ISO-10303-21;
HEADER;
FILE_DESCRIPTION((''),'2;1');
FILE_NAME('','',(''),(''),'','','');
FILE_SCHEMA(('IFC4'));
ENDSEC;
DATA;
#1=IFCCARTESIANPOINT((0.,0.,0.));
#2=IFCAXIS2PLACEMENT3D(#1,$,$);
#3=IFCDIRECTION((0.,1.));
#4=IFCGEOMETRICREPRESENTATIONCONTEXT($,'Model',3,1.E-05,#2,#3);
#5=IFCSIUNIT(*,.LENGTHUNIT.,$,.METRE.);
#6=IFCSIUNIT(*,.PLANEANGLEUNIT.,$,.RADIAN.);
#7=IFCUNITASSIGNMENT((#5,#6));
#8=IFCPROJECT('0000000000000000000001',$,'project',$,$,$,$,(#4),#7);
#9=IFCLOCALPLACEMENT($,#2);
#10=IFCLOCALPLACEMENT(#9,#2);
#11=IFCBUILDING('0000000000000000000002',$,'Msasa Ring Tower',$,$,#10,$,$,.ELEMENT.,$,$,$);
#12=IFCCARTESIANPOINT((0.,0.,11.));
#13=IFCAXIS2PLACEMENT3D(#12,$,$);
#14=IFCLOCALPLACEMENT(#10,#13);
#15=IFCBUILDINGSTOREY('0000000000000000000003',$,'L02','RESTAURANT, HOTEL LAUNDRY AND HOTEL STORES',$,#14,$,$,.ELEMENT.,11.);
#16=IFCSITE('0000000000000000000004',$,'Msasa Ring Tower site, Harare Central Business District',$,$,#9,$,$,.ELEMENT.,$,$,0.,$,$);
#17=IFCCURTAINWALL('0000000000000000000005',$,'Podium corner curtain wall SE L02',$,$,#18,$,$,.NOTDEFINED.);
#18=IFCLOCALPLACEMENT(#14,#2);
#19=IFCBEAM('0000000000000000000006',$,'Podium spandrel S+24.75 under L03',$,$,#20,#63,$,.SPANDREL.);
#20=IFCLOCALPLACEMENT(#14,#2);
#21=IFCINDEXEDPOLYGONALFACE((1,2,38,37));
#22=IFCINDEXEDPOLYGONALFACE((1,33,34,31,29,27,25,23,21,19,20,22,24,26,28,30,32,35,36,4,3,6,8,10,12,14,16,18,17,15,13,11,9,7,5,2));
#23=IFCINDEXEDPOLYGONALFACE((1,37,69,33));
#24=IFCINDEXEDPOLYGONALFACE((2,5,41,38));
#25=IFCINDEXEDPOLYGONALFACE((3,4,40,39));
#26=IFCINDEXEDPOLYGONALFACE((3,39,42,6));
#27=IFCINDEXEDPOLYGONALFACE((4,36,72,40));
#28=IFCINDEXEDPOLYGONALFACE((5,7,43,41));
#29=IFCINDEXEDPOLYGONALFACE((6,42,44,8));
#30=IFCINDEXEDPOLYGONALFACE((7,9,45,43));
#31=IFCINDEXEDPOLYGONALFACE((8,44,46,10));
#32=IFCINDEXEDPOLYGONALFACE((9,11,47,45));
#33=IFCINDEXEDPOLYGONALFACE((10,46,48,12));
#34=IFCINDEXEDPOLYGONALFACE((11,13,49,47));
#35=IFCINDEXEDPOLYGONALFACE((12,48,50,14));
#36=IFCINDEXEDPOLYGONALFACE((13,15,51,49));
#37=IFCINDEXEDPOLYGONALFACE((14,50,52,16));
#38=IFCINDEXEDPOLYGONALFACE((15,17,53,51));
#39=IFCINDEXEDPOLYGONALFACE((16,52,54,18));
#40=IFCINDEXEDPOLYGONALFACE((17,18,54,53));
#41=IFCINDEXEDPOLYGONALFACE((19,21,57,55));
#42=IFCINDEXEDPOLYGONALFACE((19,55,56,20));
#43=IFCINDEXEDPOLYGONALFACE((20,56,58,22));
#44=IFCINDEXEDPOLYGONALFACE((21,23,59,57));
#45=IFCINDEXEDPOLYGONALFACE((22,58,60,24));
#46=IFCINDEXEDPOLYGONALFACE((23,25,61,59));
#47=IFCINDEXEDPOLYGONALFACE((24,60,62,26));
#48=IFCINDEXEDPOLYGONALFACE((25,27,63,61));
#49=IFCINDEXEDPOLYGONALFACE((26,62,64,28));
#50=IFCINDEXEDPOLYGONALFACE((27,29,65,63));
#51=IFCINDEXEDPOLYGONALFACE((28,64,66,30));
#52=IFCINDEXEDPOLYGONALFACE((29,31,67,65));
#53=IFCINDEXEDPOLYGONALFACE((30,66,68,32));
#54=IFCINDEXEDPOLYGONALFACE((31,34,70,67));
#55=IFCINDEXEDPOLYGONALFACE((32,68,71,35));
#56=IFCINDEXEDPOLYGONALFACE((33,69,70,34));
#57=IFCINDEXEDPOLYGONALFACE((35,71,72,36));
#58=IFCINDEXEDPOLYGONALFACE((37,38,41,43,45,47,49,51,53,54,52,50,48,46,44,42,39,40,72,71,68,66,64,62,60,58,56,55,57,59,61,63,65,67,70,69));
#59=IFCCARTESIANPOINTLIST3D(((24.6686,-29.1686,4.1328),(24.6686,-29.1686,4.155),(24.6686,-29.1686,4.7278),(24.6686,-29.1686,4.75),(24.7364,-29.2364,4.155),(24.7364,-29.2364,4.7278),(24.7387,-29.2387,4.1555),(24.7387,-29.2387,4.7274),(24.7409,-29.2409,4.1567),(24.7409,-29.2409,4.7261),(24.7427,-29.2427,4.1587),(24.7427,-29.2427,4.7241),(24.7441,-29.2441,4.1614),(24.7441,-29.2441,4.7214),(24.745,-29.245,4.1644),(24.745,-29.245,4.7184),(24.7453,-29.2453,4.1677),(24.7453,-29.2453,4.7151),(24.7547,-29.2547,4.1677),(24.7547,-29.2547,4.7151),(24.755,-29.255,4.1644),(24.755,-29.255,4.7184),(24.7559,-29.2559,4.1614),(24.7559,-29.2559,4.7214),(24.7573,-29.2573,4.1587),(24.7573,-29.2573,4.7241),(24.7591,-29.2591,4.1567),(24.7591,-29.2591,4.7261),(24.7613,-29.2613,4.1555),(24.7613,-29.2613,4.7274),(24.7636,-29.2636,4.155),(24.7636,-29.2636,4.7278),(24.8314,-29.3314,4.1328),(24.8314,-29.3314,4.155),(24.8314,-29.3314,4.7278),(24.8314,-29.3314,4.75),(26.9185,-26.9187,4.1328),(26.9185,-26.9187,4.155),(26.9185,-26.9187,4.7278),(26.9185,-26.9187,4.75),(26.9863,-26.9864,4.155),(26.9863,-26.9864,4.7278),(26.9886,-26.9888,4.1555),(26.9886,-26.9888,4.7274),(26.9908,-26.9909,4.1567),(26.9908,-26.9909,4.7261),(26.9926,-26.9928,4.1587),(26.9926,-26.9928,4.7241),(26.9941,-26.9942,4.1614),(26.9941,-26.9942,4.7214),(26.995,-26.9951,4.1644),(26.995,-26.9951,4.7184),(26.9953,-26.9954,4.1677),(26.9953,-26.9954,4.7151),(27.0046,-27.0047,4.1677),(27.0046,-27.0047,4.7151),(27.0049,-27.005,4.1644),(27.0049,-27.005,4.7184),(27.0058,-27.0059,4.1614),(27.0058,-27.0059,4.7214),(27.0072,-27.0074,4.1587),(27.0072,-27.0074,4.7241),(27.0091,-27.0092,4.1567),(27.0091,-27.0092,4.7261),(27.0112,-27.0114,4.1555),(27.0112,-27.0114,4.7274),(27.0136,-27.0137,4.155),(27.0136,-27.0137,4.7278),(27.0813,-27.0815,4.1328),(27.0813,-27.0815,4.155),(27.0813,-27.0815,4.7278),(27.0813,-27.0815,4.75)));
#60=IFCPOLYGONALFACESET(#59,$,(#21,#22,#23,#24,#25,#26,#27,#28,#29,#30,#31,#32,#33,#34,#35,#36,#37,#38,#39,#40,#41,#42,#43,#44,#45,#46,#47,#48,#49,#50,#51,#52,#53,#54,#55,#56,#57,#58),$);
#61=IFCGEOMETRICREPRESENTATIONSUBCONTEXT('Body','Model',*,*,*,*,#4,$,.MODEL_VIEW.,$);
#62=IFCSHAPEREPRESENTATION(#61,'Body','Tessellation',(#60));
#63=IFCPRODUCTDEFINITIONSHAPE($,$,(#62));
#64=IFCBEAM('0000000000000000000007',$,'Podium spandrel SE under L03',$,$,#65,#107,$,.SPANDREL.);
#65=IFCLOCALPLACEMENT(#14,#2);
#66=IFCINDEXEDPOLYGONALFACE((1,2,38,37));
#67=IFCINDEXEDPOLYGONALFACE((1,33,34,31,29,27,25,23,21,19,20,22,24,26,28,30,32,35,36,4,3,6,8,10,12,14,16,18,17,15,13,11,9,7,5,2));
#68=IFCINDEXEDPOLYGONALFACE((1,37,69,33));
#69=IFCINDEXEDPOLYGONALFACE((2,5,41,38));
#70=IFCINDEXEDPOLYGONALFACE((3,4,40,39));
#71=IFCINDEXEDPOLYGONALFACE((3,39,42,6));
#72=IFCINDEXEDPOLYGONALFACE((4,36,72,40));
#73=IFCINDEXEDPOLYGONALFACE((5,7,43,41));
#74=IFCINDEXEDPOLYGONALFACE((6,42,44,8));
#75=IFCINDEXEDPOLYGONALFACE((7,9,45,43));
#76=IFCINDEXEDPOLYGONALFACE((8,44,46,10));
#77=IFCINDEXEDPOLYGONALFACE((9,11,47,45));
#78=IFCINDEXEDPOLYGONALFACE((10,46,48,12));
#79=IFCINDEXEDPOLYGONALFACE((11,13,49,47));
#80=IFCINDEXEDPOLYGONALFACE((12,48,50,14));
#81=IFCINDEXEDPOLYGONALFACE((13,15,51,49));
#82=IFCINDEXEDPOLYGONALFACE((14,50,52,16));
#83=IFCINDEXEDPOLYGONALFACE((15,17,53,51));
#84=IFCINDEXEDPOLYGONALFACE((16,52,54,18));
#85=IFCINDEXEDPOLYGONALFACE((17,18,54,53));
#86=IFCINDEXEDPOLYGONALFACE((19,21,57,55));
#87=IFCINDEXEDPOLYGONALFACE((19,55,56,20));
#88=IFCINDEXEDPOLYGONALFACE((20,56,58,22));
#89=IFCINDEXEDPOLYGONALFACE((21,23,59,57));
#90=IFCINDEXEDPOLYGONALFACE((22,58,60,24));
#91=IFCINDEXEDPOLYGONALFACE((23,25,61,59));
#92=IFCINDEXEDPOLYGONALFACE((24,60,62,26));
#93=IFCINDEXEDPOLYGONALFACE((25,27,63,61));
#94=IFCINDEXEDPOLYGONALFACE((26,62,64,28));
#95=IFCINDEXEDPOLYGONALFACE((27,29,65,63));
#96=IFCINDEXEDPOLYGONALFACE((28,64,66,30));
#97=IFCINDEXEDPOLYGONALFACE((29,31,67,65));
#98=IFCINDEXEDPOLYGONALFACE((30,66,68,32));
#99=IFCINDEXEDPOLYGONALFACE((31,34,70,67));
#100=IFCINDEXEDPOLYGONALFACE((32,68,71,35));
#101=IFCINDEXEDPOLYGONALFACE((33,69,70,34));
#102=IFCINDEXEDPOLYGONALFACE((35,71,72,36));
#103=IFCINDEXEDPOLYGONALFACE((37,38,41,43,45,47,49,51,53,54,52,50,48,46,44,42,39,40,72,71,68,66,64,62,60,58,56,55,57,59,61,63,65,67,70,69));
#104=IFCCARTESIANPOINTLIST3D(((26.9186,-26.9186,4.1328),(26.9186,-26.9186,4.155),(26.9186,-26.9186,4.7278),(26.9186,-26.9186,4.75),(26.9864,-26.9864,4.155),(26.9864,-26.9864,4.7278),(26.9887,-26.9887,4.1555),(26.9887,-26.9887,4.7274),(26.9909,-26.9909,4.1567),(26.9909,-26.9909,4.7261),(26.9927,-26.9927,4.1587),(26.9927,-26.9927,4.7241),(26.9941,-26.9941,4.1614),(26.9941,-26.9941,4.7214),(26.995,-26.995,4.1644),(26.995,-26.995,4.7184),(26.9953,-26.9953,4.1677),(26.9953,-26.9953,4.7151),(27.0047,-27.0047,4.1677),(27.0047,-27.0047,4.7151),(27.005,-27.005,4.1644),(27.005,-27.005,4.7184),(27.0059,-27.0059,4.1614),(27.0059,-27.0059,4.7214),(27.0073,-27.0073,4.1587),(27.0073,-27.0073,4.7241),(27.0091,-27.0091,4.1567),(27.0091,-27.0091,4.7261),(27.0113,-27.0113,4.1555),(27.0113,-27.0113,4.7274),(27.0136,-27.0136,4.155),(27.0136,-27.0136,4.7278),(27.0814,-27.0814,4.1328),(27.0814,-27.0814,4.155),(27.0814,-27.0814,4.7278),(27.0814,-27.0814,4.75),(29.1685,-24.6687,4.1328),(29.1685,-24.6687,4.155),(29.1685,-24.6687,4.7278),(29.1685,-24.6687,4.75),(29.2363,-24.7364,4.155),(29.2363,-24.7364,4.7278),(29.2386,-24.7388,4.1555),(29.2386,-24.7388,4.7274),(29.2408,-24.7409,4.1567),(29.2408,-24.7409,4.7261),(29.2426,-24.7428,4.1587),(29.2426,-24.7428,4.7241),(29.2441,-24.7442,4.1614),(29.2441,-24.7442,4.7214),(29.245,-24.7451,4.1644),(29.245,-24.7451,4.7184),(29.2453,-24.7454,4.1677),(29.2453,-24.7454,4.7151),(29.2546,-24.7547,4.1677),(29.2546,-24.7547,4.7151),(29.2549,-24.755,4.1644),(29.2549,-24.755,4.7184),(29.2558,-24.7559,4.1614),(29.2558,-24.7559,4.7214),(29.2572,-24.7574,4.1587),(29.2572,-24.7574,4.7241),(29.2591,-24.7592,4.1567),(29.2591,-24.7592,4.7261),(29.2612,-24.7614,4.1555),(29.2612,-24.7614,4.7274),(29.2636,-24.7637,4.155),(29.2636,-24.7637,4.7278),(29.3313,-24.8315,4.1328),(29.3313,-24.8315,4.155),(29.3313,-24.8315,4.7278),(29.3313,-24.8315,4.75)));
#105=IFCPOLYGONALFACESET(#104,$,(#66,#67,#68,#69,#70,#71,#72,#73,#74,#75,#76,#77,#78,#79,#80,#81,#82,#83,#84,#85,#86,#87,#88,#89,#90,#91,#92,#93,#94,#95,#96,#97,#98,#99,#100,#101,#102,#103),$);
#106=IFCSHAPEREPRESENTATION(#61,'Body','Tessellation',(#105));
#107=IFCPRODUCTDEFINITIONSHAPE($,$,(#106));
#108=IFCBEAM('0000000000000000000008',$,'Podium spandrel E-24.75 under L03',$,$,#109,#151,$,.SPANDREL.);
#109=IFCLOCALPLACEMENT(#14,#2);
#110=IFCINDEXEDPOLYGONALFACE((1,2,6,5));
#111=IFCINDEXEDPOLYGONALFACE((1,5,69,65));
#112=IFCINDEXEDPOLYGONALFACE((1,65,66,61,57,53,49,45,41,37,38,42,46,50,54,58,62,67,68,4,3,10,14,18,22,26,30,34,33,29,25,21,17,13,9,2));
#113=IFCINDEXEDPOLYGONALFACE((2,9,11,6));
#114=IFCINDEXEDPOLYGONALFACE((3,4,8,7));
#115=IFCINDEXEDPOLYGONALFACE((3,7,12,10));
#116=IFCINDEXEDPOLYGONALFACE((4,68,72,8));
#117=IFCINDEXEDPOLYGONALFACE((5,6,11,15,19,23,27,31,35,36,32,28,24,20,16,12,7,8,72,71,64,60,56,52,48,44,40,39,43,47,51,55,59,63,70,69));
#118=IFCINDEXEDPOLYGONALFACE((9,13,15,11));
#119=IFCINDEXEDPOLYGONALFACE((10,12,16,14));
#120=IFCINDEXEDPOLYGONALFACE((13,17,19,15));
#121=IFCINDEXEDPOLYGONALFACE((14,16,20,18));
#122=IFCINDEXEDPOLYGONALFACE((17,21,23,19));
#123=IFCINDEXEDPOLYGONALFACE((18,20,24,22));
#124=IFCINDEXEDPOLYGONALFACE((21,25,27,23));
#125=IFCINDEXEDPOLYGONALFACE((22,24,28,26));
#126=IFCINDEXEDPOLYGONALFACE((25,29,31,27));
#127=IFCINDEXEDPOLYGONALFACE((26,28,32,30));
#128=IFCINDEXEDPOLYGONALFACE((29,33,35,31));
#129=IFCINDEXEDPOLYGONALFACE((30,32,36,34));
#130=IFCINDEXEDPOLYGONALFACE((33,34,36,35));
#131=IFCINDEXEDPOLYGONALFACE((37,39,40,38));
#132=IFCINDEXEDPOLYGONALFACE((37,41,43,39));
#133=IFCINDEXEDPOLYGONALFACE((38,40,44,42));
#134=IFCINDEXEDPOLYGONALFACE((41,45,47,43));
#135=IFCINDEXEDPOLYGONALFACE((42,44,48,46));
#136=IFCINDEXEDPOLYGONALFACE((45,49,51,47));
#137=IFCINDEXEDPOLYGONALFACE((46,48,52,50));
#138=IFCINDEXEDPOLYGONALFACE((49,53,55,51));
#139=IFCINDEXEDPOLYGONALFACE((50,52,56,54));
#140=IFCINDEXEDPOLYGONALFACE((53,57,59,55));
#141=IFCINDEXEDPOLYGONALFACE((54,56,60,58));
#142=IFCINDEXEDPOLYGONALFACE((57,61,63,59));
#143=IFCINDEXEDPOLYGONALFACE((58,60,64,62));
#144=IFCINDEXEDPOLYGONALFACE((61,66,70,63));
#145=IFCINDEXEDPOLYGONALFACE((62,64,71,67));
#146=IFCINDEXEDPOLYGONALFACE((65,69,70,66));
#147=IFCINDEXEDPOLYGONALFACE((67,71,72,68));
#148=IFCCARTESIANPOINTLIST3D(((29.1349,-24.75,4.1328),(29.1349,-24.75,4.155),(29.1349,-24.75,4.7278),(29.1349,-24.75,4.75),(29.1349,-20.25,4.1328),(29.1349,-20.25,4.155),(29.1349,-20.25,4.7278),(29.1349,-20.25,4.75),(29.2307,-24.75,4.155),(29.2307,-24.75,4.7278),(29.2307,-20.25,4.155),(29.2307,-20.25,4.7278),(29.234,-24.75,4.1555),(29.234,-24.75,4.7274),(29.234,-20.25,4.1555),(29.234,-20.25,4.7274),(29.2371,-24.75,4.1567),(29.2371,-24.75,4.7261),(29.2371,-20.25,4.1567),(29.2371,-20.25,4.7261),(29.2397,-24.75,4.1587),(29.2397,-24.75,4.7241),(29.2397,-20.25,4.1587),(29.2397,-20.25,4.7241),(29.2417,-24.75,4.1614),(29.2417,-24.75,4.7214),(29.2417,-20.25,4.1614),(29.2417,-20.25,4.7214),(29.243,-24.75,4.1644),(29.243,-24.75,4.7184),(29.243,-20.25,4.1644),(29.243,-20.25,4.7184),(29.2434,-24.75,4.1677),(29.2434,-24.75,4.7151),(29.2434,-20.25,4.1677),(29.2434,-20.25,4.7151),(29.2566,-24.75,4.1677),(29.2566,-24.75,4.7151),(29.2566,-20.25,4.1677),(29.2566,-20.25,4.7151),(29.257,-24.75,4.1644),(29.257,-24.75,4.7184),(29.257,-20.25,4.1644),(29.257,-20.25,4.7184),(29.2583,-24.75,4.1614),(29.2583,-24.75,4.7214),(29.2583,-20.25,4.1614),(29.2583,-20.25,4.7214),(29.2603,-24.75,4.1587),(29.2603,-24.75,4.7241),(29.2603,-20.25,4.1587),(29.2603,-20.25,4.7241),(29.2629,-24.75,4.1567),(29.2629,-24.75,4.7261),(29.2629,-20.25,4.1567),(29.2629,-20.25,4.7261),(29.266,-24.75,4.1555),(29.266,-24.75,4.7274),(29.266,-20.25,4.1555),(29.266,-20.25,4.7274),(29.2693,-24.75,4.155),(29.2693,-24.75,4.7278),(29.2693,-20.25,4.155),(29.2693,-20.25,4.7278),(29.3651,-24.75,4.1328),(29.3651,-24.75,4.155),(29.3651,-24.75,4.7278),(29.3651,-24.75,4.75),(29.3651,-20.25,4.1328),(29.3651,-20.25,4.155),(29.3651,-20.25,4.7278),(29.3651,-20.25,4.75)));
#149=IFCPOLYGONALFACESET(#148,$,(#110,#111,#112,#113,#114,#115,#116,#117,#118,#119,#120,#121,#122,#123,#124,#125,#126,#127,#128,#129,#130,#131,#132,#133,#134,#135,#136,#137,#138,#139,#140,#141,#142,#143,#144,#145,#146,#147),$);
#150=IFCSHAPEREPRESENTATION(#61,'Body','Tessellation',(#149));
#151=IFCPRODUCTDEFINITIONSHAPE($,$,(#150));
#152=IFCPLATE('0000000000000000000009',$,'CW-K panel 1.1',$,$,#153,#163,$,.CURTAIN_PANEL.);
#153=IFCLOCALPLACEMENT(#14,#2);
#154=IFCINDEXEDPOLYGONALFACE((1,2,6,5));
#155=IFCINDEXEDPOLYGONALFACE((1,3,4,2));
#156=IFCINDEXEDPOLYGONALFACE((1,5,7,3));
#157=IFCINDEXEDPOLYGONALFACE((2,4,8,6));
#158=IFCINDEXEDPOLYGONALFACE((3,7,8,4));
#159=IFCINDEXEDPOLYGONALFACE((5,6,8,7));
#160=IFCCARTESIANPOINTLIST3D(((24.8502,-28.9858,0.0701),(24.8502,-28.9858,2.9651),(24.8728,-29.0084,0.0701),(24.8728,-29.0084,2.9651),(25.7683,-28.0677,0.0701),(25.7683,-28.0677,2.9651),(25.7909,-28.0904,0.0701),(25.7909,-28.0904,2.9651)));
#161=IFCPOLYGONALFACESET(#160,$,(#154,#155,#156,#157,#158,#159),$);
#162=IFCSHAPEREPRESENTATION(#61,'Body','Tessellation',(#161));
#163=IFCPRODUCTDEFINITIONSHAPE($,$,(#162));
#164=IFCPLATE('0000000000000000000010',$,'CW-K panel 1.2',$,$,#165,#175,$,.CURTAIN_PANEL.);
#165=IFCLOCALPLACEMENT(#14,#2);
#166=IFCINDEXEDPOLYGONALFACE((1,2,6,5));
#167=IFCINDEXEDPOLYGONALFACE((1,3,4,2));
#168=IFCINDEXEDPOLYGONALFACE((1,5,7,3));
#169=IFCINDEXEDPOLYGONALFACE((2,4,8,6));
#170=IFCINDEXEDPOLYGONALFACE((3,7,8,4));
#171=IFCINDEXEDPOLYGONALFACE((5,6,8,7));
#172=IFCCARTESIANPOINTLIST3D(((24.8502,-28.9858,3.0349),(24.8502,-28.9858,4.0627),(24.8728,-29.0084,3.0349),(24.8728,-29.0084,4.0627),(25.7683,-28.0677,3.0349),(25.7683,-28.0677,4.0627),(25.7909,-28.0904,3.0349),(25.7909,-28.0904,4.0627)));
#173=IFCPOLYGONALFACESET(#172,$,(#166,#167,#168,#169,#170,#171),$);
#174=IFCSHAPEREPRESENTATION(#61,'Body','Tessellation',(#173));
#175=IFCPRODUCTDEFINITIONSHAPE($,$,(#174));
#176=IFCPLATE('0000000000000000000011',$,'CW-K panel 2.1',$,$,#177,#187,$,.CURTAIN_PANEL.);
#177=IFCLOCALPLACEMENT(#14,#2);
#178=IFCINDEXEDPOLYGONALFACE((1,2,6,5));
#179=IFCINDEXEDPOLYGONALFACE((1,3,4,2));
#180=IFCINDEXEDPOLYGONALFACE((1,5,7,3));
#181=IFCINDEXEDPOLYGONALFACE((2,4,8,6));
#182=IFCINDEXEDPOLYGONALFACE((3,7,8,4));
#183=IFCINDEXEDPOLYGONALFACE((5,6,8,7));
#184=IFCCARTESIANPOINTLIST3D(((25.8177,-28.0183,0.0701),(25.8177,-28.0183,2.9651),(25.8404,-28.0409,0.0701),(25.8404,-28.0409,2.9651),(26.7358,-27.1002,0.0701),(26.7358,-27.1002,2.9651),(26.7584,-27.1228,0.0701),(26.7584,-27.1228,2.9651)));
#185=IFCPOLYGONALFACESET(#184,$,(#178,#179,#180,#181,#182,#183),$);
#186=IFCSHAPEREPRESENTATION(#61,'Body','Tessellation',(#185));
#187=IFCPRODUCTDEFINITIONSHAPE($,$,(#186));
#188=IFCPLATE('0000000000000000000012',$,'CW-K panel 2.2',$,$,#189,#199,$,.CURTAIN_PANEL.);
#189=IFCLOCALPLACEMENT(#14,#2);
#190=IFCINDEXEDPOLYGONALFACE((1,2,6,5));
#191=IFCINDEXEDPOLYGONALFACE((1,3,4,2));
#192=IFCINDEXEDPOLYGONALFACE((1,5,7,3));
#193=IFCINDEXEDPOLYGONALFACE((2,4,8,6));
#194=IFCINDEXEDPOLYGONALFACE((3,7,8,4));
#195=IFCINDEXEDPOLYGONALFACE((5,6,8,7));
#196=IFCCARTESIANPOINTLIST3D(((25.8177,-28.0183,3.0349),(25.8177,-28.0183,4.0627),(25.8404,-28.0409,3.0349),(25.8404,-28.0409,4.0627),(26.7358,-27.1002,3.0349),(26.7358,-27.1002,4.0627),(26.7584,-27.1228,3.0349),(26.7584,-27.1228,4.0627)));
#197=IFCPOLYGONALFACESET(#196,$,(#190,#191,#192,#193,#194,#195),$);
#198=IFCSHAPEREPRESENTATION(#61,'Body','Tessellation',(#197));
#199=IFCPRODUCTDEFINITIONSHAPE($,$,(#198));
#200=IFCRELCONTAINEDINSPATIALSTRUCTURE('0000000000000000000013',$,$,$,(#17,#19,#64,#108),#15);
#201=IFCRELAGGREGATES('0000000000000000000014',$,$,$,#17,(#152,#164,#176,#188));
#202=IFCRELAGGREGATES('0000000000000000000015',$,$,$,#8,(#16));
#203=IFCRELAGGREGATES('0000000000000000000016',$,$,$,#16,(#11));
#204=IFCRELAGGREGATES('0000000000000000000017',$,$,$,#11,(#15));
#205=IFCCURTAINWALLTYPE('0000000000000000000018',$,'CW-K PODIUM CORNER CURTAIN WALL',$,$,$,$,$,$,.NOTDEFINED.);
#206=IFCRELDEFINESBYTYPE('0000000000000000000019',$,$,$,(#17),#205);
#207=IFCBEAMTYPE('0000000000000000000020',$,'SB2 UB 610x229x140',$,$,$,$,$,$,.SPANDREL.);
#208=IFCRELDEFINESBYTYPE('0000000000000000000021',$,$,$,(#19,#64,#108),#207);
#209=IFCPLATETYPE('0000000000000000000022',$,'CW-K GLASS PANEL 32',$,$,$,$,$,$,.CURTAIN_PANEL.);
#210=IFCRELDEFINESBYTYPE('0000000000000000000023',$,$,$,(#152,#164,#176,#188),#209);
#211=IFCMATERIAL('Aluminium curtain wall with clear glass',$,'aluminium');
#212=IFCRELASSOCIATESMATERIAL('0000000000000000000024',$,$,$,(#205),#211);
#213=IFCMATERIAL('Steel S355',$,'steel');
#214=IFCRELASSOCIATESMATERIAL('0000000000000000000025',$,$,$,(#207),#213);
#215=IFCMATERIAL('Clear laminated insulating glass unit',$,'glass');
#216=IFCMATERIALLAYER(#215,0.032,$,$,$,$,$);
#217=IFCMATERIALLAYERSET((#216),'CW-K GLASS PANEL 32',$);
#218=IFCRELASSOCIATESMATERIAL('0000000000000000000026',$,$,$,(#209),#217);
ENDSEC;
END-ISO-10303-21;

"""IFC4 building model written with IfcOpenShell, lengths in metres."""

from ifc_helpers import new_model, si_unit, direction, frame, origin, origin_2d, place, context, subcontext, project, spatial, rectangle, i_section, extrude, material, layer, layer_set, material_profile, profile_set, type_object, element, aggregate, save


model = new_model("IFC4")

# Units and contexts
model_context = context("Model", 3, precision=1e-05, world=origin(), true_north=direction((0.0, 1.0)))
body_context = subcontext(model_context, "Body", "Model", "MODEL_VIEW")
ifc_project = project(units=[si_unit("LENGTHUNIT", "METRE"), si_unit("PLANEANGLEUNIT", "RADIAN")], contexts=[model_context])

# Site, building, storey
site_placement = place(None, origin())
site = spatial("IfcSite", under=ifc_project, at=site_placement, Name="Msasa Ring Tower site, Harare Central Business District", CompositionType="ELEMENT", RefElevation=0.0)
building_placement = place(site_placement, origin())
building = spatial("IfcBuilding", under=site, at=building_placement, Name="Msasa Ring Tower", CompositionType="ELEMENT")
storey_placement = place(building_placement, frame((0.0, 0.0, 11.0)))
storey = spatial("IfcBuildingStorey", under=building, at=storey_placement, Name="L02", Description="RESTAURANT, HOTEL LAUNDRY AND HOTEL STORES", CompositionType="ELEMENT", Elevation=11.0)

# Curtain wall
ifc_material_1 = material(Name="Aluminium curtain wall with clear glass", Category="aluminium")
curtain_wall_type = type_object("IfcCurtainWallType", Name="CW-K PODIUM CORNER CURTAIN WALL", PredefinedType="NOTDEFINED", material=ifc_material_1)
curtain_wall_1_placement = place(storey_placement, origin())
curtain_wall_1 = element("IfcCurtainWall", 1, at=curtain_wall_1_placement, inside=storey, type_object=curtain_wall_type, Name="Podium corner curtain wall SE L02", PredefinedType="NOTDEFINED")

# Beams
ifc_material_2 = material(Name="Steel S355", Category="steel")
ifc_material_profile_1 = material_profile(ifc_material_2, i_section(OverallWidth=0.2302, OverallDepth=0.6172, WebThickness=0.0132, FlangeThickness=0.0222, FilletRadius=0.0127, at=origin_2d()), Name="UB 610x229x140")
ifc_profile_set_1 = profile_set([ifc_material_profile_1], Name="Steel S355")
beam_type_1 = type_object("IfcBeamType", Name="SB2 UB 610x229x140", PredefinedType="SPANDREL", material=ifc_profile_set_1)
for number, where, z_axis, x_axis, name in (
    (2, (24.75, -29.25, 4.4414), (0.707107, 0.707107, 0.0), (-0.707107, 0.707107, 0.0), "Podium spandrel S+24.75 under L03"),
    (3, (27.0, -27.0, 4.4414), (0.707107, 0.707107, 0.0), (-0.707107, 0.707107, 0.0), "Podium spandrel SE under L03"),
):
    element("IfcBeam", number, at=place(storey_placement, frame(where, z_axis=z_axis, x_axis=x_axis)), inside=storey, type_object=beam_type_1, Name=name, PredefinedType="SPANDREL", context=body_context, shape_type="SweptSolid", body=[
        extrude(i_section(OverallWidth=0.2302, OverallDepth=0.6172, WebThickness=0.0132, FlangeThickness=0.0222, FilletRadius=0.0127, at=origin_2d()), origin(), (0.0, 0.0, 1.0), 3.1819),
    ])
beam_1_placement = place(storey_placement, frame((29.25, -24.75, 4.4414), z_axis=(0.0, 1.0, 0.0), x_axis=(-1.0, 0.0, 0.0)))
element("IfcBeam", 4, at=beam_1_placement, inside=storey, type_object=beam_type_1, Name="Podium spandrel E-24.75 under L03", PredefinedType="SPANDREL", context=body_context, shape_type="SweptSolid", body=[
    extrude(i_section(OverallWidth=0.2302, OverallDepth=0.6172, WebThickness=0.0132, FlangeThickness=0.0222, FilletRadius=0.0127, at=origin_2d()), origin(), (0.0, 0.0, 1.0), 4.5),
])

# Plates
ifc_material_3 = material(Name="Clear laminated insulating glass unit", Category="glass")
ifc_layer_1 = layer(ifc_material_3, 0.032)
ifc_layer_set_1 = layer_set([ifc_layer_1], Name="CW-K GLASS PANEL 32")
plate_type = type_object("IfcPlateType", Name="CW-K GLASS PANEL 32", PredefinedType="CURTAIN_PANEL", material=ifc_layer_set_1)
plate_1_placement = place(storey_placement, frame((25.3206, -28.5381, 0.0701), z_axis=(0.0, 0.0, 1.0), x_axis=(0.707107, 0.707107, 0.0)))
plate_1 = element("IfcPlate", 5, at=plate_1_placement, type_object=plate_type, Name="CW-K panel 1.1", PredefinedType="CURTAIN_PANEL", context=body_context, shape_type="SweptSolid", body=[
    extrude(rectangle(XDim=1.2983, YDim=0.032, at=origin_2d()), origin(), (0.0, 0.0, 1.0), 2.895),
])
plate_2_placement = place(storey_placement, frame((25.3206, -28.5381, 3.0349), z_axis=(0.0, 0.0, 1.0), x_axis=(0.707107, 0.707107, 0.0)))
plate_2 = element("IfcPlate", 6, at=plate_2_placement, type_object=plate_type, Name="CW-K panel 1.2", PredefinedType="CURTAIN_PANEL", context=body_context, shape_type="SweptSolid", body=[
    extrude(rectangle(XDim=1.2983, YDim=0.032, at=origin_2d()), origin(), (0.0, 0.0, 1.0), 1.0278),
])
plate_3_placement = place(storey_placement, frame((26.2881, -27.5706, 0.0701), z_axis=(0.0, 0.0, 1.0), x_axis=(0.707107, 0.707107, 0.0)))
plate_3 = element("IfcPlate", 7, at=plate_3_placement, type_object=plate_type, Name="CW-K panel 2.1", PredefinedType="CURTAIN_PANEL", context=body_context, shape_type="SweptSolid", body=[
    extrude(rectangle(XDim=1.2983, YDim=0.032, at=origin_2d()), origin(), (0.0, 0.0, 1.0), 2.895),
])
plate_4_placement = place(storey_placement, frame((26.2881, -27.5706, 3.0349), z_axis=(0.0, 0.0, 1.0), x_axis=(0.707107, 0.707107, 0.0)))
plate_4 = element("IfcPlate", 8, at=plate_4_placement, type_object=plate_type, Name="CW-K panel 2.2", PredefinedType="CURTAIN_PANEL", context=body_context, shape_type="SweptSolid", body=[
    extrude(rectangle(XDim=1.2983, YDim=0.032, at=origin_2d()), origin(), (0.0, 0.0, 1.0), 1.0278),
])
aggregate(curtain_wall_1, [plate_1, plate_2, plate_3, plate_4])

save(model, "model.ifc")
